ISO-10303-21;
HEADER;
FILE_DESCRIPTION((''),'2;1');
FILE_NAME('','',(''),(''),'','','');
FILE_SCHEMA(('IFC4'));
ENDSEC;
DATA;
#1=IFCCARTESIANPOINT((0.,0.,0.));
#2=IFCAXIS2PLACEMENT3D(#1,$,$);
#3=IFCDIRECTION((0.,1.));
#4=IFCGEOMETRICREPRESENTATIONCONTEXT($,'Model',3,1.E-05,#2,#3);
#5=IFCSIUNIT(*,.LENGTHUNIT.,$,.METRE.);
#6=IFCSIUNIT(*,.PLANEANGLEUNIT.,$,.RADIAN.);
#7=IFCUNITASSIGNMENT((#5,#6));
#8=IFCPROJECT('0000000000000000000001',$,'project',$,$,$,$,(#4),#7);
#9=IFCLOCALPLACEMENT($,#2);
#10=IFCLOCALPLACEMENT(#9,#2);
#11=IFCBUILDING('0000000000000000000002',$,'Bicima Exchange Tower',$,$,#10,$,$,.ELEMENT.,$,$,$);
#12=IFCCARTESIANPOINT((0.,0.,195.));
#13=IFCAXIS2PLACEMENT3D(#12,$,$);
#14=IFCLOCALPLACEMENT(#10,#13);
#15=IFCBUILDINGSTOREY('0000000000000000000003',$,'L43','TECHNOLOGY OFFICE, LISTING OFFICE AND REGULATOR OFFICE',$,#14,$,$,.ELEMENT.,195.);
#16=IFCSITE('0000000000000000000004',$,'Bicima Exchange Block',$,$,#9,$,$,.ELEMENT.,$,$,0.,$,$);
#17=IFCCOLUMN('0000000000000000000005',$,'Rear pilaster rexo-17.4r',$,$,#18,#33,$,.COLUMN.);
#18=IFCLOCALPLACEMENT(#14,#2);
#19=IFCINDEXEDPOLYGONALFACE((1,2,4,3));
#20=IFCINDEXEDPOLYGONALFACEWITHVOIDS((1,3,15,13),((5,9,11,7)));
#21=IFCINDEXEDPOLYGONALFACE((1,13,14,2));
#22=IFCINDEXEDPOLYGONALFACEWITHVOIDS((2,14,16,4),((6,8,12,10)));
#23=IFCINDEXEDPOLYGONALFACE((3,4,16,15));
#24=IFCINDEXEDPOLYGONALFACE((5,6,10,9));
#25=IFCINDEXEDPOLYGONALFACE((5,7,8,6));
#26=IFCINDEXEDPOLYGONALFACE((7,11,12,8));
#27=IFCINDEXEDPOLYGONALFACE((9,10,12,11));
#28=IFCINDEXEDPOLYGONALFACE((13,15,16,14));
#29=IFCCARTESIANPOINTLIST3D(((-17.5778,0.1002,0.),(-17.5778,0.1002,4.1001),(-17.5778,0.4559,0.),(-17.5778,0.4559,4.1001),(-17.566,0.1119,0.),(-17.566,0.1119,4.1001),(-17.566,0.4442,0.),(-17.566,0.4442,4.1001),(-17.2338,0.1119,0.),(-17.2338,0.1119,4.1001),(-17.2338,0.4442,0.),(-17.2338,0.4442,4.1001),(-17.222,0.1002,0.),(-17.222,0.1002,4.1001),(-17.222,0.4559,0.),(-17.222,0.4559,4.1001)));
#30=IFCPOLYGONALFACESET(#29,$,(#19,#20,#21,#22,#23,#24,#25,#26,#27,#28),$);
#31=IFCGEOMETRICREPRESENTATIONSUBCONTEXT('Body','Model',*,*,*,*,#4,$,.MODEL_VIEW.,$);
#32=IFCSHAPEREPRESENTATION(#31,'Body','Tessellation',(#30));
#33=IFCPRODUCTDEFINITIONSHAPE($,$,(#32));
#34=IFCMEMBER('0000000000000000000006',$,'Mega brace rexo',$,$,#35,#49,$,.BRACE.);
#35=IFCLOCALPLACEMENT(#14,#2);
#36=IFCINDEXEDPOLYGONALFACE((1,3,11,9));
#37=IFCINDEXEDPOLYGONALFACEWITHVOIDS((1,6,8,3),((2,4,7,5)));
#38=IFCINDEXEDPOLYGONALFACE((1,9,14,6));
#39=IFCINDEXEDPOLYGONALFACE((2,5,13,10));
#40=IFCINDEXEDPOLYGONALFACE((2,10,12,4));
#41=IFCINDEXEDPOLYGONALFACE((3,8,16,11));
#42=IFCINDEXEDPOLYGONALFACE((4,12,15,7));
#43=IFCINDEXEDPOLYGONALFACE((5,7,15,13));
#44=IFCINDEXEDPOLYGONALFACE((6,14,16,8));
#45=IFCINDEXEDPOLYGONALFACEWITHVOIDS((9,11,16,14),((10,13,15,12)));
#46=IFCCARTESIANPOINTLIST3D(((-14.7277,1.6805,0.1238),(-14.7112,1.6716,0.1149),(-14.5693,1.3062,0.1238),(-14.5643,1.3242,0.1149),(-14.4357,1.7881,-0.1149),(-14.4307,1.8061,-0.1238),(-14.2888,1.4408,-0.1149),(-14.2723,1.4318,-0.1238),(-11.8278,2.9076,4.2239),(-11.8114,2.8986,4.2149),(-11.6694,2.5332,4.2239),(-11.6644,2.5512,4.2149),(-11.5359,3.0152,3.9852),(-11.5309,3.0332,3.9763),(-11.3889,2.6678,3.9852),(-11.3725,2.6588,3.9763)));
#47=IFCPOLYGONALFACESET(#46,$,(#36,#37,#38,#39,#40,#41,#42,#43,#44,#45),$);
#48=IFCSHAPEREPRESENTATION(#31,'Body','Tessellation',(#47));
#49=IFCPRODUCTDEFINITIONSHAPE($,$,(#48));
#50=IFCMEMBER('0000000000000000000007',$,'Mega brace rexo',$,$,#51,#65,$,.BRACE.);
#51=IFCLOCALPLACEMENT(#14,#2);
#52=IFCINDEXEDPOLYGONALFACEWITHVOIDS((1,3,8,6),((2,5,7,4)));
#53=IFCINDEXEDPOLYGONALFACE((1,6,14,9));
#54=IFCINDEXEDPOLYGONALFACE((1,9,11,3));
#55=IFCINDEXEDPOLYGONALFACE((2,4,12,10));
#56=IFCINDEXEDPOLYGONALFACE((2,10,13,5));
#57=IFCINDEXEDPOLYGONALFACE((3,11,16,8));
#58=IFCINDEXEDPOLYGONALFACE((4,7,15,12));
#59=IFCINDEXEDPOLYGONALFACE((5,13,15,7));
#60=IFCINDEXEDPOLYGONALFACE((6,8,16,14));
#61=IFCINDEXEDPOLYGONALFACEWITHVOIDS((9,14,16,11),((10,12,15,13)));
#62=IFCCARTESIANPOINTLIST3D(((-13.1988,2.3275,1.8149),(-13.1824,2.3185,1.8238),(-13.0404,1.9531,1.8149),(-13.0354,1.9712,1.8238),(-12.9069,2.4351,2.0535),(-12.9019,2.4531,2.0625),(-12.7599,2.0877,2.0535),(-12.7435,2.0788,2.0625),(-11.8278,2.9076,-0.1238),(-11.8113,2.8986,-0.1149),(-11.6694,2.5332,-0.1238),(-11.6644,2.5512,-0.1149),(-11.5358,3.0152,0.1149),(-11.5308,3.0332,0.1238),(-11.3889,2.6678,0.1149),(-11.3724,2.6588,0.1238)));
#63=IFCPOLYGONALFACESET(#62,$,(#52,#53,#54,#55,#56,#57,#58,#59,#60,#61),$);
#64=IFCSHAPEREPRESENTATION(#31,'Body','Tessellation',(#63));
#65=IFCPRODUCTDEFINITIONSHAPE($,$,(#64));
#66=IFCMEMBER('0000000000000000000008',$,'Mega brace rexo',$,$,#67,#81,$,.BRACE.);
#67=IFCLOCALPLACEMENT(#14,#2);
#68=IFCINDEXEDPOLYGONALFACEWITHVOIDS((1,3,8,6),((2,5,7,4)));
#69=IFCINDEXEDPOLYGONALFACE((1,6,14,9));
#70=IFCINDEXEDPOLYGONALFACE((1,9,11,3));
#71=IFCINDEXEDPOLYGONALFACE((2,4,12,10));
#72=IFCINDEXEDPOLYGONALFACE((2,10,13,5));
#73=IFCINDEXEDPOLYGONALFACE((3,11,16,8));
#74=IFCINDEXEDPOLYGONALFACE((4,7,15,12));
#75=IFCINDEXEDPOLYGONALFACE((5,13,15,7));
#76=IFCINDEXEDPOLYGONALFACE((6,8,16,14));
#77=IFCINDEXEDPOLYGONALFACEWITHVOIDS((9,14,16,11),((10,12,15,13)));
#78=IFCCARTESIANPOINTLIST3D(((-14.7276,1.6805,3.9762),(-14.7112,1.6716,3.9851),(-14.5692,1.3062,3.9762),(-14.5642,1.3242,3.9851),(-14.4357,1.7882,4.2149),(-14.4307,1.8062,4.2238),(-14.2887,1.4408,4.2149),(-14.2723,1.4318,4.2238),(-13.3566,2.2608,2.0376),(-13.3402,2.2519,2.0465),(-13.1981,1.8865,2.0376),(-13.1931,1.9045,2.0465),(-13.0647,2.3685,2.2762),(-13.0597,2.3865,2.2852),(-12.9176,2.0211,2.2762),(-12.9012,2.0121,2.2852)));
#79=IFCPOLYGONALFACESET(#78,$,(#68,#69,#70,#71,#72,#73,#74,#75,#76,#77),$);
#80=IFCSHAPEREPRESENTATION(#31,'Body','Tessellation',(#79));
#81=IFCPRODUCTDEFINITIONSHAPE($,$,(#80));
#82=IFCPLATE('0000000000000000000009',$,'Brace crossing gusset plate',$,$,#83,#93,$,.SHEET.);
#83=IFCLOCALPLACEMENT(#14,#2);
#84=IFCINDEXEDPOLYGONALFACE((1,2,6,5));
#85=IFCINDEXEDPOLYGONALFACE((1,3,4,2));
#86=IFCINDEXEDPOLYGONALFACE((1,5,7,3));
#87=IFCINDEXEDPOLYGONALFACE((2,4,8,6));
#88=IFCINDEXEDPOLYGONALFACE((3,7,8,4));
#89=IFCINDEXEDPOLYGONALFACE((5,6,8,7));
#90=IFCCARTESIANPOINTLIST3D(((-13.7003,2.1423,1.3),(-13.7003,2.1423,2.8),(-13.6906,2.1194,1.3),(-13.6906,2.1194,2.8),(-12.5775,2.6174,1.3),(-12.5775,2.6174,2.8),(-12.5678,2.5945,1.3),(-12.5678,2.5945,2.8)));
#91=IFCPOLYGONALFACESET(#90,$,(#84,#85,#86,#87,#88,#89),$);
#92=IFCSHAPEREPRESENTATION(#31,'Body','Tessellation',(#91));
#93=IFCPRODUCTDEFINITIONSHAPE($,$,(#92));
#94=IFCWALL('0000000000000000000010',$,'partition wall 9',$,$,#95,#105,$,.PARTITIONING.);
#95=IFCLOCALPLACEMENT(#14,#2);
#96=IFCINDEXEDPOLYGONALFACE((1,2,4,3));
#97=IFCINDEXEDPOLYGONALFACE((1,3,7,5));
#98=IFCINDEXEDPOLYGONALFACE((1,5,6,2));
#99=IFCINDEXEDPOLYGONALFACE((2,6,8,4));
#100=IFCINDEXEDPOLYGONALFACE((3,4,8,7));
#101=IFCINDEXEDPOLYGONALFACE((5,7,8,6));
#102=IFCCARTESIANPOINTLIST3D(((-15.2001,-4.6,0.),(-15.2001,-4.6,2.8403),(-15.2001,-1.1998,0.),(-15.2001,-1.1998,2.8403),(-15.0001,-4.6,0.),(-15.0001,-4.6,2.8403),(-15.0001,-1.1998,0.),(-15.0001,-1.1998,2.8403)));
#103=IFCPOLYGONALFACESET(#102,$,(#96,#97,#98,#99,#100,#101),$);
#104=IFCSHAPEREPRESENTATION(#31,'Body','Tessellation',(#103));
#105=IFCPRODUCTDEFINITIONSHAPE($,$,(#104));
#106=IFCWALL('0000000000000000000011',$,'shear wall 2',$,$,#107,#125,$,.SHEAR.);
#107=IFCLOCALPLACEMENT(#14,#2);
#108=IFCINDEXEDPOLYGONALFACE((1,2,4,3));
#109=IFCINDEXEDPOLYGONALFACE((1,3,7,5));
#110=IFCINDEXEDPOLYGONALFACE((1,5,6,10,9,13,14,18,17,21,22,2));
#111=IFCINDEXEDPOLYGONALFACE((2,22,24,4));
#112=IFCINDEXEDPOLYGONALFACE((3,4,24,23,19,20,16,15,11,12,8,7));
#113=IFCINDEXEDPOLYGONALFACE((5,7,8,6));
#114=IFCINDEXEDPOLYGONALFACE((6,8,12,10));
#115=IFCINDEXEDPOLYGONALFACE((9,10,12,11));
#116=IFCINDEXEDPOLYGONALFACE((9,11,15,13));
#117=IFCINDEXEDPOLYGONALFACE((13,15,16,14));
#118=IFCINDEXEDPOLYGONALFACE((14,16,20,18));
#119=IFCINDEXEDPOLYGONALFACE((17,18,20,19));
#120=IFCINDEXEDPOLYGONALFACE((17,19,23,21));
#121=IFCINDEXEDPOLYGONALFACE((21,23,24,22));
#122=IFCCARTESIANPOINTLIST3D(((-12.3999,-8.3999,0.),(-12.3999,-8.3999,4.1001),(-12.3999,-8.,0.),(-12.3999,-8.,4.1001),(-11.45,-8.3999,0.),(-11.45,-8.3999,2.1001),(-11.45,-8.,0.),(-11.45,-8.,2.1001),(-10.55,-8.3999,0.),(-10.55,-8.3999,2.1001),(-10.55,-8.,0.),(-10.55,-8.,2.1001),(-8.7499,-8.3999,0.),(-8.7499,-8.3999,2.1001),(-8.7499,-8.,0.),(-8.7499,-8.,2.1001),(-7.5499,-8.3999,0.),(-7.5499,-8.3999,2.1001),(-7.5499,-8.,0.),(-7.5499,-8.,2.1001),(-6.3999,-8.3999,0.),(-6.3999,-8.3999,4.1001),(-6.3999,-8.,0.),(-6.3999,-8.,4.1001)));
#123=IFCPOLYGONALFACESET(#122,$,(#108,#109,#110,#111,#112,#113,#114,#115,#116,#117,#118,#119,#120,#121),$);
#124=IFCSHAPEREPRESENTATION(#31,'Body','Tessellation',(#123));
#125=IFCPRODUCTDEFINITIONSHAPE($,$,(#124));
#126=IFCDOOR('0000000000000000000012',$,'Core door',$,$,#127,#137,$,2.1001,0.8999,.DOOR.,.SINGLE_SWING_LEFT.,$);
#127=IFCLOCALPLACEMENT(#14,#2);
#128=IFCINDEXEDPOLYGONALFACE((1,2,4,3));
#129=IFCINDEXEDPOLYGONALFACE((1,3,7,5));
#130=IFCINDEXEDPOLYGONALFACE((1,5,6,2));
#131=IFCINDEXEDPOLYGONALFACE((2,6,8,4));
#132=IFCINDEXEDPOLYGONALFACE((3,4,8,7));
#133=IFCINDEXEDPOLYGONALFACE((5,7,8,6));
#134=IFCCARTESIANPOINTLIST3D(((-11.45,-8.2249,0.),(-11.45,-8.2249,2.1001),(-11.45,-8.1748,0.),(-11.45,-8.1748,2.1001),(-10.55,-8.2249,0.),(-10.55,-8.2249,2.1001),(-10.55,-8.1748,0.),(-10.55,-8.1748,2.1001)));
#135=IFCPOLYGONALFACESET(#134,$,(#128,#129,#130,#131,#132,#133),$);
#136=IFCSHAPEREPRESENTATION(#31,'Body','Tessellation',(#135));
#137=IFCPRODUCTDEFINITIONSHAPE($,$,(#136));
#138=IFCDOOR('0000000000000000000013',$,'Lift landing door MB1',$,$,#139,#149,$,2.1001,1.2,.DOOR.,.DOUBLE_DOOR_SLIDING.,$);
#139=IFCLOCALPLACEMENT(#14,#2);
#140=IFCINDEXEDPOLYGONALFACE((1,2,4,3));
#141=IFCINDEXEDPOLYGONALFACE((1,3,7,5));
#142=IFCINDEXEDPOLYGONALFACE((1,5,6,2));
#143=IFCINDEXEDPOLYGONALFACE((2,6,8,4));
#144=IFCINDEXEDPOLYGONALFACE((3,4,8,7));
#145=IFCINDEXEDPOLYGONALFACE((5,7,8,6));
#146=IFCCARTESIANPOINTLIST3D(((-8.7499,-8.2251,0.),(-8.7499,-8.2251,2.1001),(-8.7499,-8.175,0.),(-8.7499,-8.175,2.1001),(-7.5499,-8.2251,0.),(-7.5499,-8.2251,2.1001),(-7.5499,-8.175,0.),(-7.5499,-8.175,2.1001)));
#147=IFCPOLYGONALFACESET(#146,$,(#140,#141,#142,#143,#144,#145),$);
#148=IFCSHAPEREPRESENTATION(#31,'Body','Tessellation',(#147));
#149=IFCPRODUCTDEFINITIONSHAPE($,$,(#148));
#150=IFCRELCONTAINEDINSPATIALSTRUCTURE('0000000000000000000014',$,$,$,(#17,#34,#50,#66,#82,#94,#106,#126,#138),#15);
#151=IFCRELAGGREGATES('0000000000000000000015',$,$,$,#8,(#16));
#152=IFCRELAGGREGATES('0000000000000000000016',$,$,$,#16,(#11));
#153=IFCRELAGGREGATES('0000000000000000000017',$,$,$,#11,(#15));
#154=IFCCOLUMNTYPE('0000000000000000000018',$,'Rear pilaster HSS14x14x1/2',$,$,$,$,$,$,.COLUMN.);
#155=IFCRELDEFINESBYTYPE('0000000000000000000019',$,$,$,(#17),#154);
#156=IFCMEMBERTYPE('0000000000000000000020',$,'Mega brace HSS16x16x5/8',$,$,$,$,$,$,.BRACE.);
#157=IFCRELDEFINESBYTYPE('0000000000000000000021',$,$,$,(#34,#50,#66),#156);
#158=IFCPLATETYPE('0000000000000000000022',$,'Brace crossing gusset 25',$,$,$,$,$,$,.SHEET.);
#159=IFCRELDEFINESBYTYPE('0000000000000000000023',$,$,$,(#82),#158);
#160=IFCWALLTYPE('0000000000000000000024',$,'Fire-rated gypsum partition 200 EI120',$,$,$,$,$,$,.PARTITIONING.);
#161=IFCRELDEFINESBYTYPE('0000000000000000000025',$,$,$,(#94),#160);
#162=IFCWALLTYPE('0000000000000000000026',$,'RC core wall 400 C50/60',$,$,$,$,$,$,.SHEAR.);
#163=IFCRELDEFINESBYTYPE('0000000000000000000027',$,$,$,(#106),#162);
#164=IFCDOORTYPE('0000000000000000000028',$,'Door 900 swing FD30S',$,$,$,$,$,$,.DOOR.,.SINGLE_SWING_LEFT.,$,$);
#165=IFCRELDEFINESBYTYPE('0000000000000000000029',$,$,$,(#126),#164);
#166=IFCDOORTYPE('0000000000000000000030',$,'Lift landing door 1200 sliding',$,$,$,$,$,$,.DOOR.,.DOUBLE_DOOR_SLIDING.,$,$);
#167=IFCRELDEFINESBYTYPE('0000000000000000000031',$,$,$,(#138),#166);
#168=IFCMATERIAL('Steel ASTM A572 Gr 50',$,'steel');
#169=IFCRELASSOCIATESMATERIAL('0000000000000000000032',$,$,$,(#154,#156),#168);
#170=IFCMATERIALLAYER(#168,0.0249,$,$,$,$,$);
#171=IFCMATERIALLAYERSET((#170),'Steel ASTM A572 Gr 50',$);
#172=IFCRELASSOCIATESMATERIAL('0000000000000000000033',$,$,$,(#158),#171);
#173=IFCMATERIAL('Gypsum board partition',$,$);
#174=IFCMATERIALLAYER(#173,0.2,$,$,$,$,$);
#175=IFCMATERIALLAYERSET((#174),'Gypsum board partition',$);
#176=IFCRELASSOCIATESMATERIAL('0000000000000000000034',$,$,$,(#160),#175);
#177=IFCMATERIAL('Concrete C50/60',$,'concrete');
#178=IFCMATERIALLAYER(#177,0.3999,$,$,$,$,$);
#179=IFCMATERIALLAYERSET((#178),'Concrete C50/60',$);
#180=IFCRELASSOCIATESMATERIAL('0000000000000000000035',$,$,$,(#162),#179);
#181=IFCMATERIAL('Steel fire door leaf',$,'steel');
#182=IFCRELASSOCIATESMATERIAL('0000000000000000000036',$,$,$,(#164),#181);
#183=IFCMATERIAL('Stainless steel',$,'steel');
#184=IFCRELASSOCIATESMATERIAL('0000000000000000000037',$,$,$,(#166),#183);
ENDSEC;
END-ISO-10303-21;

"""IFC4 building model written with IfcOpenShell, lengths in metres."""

from ifc_helpers import new_model, si_unit, direction, frame, frame_2d, origin, origin_2d, place, context, subcontext, project, spatial, rectangle, hollow_rectangle, extrude, material, layer, layer_set, material_profile, profile_set, type_object, element, fill, save


model = new_model("IFC4")

# Units and contexts
model_context = context("Model", 3, precision=1e-05, world=origin(), true_north=direction((0.0, 1.0)))
body_context = subcontext(model_context, "Body", "Model", "MODEL_VIEW")
ifc_project = project(units=[si_unit("LENGTHUNIT", "METRE"), si_unit("PLANEANGLEUNIT", "RADIAN")], contexts=[model_context])

# Site, building, storey
site_placement = place(None, origin())
site = spatial("IfcSite", under=ifc_project, at=site_placement, Name="Bicima Exchange Block", CompositionType="ELEMENT", RefElevation=0.0)
building_placement = place(site_placement, origin())
building = spatial("IfcBuilding", under=site, at=building_placement, Name="Bicima Exchange Tower", CompositionType="ELEMENT")
storey_placement = place(building_placement, frame((0.0, 0.0, 195.0)))
storey = spatial("IfcBuildingStorey", under=building, at=storey_placement, Name="L43", Description="TECHNOLOGY OFFICE, LISTING OFFICE AND REGULATOR OFFICE", CompositionType="ELEMENT", Elevation=195.0)

# Column
ifc_material_1 = material(Name="Steel ASTM A572 Gr 50", Category="steel")
ifc_material_profile_1 = material_profile(ifc_material_1, hollow_rectangle(XDim=0.3557, YDim=0.3557, WallThickness=0.0117, at=origin_2d()))
ifc_profile_set_1 = profile_set([ifc_material_profile_1], Name="Steel ASTM A572 Gr 50")
column_type = type_object("IfcColumnType", Name="Rear pilaster HSS14x14x1/2", PredefinedType="COLUMN", material=ifc_profile_set_1)
column_placement = place(storey_placement, frame((-17.3999, 0.2781, 0.0), z_axis=(0.0, 0.0, 1.0), x_axis=(1.0, 0.0, 0.0)))
element("IfcColumn", 1, at=column_placement, inside=storey, type_object=column_type, Name="Rear pilaster rexo-17.4r", PredefinedType="COLUMN", context=body_context, shape_type="SweptSolid", body=[
    extrude(hollow_rectangle(XDim=0.3557, YDim=0.3557, WallThickness=0.0117, at=origin_2d()), origin(), (0.0, 0.0, 1.0), 4.1001),
])

# Members
ifc_material_profile_2 = material_profile(ifc_material_1, hollow_rectangle(XDim=0.4065, YDim=0.4065, WallThickness=0.0146, at=origin_2d()))
ifc_profile_set_2 = profile_set([ifc_material_profile_2], Name="Steel ASTM A572 Gr 50")
member_type = type_object("IfcMemberType", Name="Mega brace HSS16x16x5/8", PredefinedType="BRACE", material=ifc_profile_set_2)
member_placement = place(storey_placement, frame((-14.5, 1.5562, 0.0), z_axis=(0.560941, 0.237354, 0.7931), x_axis=(-0.389686, 0.920948, 0.0)))
element("IfcMember", 2, at=member_placement, inside=storey, type_object=member_type, Name="Mega brace rexo", PredefinedType="BRACE", context=body_context, shape_type="SweptSolid", body=[
    extrude(hollow_rectangle(XDim=0.4065, YDim=0.4065, WallThickness=0.0146, at=origin_2d()), origin(), (0.0, 0.0, 1.0), 5.1697),
])
for number, where, z_axis, x_axis, name in (
    (3, (-11.6001, 2.7832, 0.0), (-0.560915, -0.23731, 0.793132), (0.38964, -0.920967, 0.0), "Mega brace rexo"),
    (4, (-13.1289, 2.1365, 2.1614), (-0.560902, -0.237405, 0.793113), (0.389779, -0.920908, 0.0), "Mega brace rexo"),
):
    element("IfcMember", number, at=place(storey_placement, frame(where, z_axis=z_axis, x_axis=x_axis)), inside=storey, type_object=member_type, Name=name, PredefinedType="BRACE", context=body_context, shape_type="SweptSolid", body=[
        extrude(hollow_rectangle(XDim=0.4065, YDim=0.4065, WallThickness=0.0146, at=origin_2d()), origin(), (0.0, 0.0, 1.0), 2.4443),
    ])

# Plate
ifc_layer_1 = layer(ifc_material_1, 0.0249)
ifc_layer_set_1 = layer_set([ifc_layer_1], Name="Steel ASTM A572 Gr 50")
plate_type = type_object("IfcPlateType", Name="Brace crossing gusset 25", PredefinedType="SHEET", material=ifc_layer_set_1)
plate_placement = place(storey_placement, frame((-13.134, 2.3684, 1.3), z_axis=(0.0, 0.0, 1.0), x_axis=(0.920946, 0.38969, 0.0)))
element("IfcPlate", 5, at=plate_placement, inside=storey, type_object=plate_type, Name="Brace crossing gusset plate", PredefinedType="SHEET", context=body_context, shape_type="SweptSolid", body=[
    extrude(rectangle(XDim=1.2192, YDim=0.0249, at=origin_2d()), origin(), (0.0, 0.0, 1.0), 1.5),
])

# Wall
ifc_material_2 = material(Name="Gypsum board partition")
ifc_layer_2 = layer(ifc_material_2, 0.2)
ifc_layer_set_2 = layer_set([ifc_layer_2], Name="Gypsum board partition")
wall_type_1 = type_object("IfcWallType", Name="Fire-rated gypsum partition 200 EI120", PredefinedType="PARTITIONING", material=ifc_layer_set_2)
wall_1_placement = place(storey_placement, frame((-15.1001, -4.6001, 0.0), z_axis=(0.0, 0.0, 1.0), x_axis=(0.0, 1.0, 0.0)))
element("IfcWall", 6, at=wall_1_placement, inside=storey, type_object=wall_type_1, Name="partition wall 9", PredefinedType="PARTITIONING", context=body_context, shape_type="SweptSolid", body=[
    extrude(rectangle(XDim=3.4001, YDim=0.2, at=frame_2d((1.7002, 0.0))), origin(), (0.0, 0.0, 1.0), 2.8403),
])

# Wall, openings, doors
ifc_material_3 = material(Name="Concrete C50/60", Category="concrete")
ifc_layer_3 = layer(ifc_material_3, 0.3999)
ifc_layer_set_3 = layer_set([ifc_layer_3], Name="Concrete C50/60")
wall_type_2 = type_object("IfcWallType", Name="RC core wall 400 C50/60", PredefinedType="SHEAR", material=ifc_layer_set_3)
wall_2_placement = place(storey_placement, frame((-12.3999, -8.2, 0.0), z_axis=(0.0, 0.0, 1.0), x_axis=(1.0, 0.0, 0.0)))
wall_2 = element("IfcWall", 7, at=wall_2_placement, inside=storey, type_object=wall_type_2, Name="shear wall 2", PredefinedType="SHEAR", context=body_context, shape_type="SweptSolid", body=[
    extrude(rectangle(XDim=6.0, YDim=0.3999, at=frame_2d((3.0, 0.0))), origin(), (0.0, 0.0, 1.0), 4.1001),
])
opening_1_placement = place(wall_2_placement, frame((3.6499, 0.0, 0.0)))
opening_1 = element("IfcOpeningElement", 8, at=opening_1_placement, cuts=wall_2, PredefinedType="OPENING", context=body_context, shape_type="SweptSolid", body=[
    extrude(rectangle(XDim=1.2, YDim=2.1001, at=frame_2d((0.6001, 1.05))), frame((0.0, 0.2119, 0.0), z_axis=(0.0, -1.0, 0.0), x_axis=(1.0, 0.0, 0.0)), (0.0, 0.0, 1.0), 0.4238),
])
opening_2_placement = place(wall_2_placement, frame((0.95, 0.0, 0.0)))
opening_2 = element("IfcOpeningElement", 9, at=opening_2_placement, cuts=wall_2, PredefinedType="OPENING", context=body_context, shape_type="SweptSolid", body=[
    extrude(rectangle(XDim=0.8999, YDim=2.1001, at=frame_2d((0.45, 1.05))), frame((0.0, 0.2119, 0.0), z_axis=(0.0, -1.0, 0.0), x_axis=(1.0, 0.0, 0.0)), (0.0, 0.0, 1.0), 0.4238),
])
ifc_material_4 = material(Name="Steel fire door leaf", Category="steel")
door_type_1 = type_object("IfcDoorType", Name="Door 900 swing FD30S", OperationType="SINGLE_SWING_LEFT", PredefinedType="DOOR", material=ifc_material_4)
door_1_placement = place(opening_2_placement, frame((0.8999, 0.0, 0.0), z_axis=(0.0, 0.0, 1.0), x_axis=(-1.0, 0.0, 0.0)))
door_1 = element("IfcDoor", 10, at=door_1_placement, inside=storey, type_object=door_type_1, Name="Core door", OperationType="SINGLE_SWING_LEFT", OverallHeight=2.1001, OverallWidth=0.8999, PredefinedType="DOOR", context=body_context, shape_type="SweptSolid", body=[
    extrude(rectangle(XDim=0.8999, YDim=2.1001, at=frame_2d((0.45, 1.05))), frame((0.0, 0.0249, 0.0), z_axis=(0.0, -1.0, 0.0), x_axis=(1.0, 0.0, 0.0)), (0.0, 0.0, 1.0), 0.05),
])
fill(opening_2, door_1)
ifc_material_5 = material(Name="Stainless steel", Category="steel")
door_type_2 = type_object("IfcDoorType", Name="Lift landing door 1200 sliding", OperationType="DOUBLE_DOOR_SLIDING", PredefinedType="DOOR", material=ifc_material_5)
door_2_placement = place(opening_1_placement, origin())
door_2 = element("IfcDoor", 11, at=door_2_placement, inside=storey, type_object=door_type_2, Name="Lift landing door MB1", OperationType="DOUBLE_DOOR_SLIDING", OverallHeight=2.1001, OverallWidth=1.2, PredefinedType="DOOR", context=body_context, shape_type="SweptSolid", body=[
    extrude(rectangle(XDim=1.2, YDim=2.1001, at=frame_2d((0.6001, 1.05))), frame((0.0, 0.0249, 0.0), z_axis=(0.0, -1.0, 0.0), x_axis=(1.0, 0.0, 0.0)), (0.0, 0.0, 1.0), 0.05),
])
fill(opening_1, door_2)

save(model, "model.ifc")
